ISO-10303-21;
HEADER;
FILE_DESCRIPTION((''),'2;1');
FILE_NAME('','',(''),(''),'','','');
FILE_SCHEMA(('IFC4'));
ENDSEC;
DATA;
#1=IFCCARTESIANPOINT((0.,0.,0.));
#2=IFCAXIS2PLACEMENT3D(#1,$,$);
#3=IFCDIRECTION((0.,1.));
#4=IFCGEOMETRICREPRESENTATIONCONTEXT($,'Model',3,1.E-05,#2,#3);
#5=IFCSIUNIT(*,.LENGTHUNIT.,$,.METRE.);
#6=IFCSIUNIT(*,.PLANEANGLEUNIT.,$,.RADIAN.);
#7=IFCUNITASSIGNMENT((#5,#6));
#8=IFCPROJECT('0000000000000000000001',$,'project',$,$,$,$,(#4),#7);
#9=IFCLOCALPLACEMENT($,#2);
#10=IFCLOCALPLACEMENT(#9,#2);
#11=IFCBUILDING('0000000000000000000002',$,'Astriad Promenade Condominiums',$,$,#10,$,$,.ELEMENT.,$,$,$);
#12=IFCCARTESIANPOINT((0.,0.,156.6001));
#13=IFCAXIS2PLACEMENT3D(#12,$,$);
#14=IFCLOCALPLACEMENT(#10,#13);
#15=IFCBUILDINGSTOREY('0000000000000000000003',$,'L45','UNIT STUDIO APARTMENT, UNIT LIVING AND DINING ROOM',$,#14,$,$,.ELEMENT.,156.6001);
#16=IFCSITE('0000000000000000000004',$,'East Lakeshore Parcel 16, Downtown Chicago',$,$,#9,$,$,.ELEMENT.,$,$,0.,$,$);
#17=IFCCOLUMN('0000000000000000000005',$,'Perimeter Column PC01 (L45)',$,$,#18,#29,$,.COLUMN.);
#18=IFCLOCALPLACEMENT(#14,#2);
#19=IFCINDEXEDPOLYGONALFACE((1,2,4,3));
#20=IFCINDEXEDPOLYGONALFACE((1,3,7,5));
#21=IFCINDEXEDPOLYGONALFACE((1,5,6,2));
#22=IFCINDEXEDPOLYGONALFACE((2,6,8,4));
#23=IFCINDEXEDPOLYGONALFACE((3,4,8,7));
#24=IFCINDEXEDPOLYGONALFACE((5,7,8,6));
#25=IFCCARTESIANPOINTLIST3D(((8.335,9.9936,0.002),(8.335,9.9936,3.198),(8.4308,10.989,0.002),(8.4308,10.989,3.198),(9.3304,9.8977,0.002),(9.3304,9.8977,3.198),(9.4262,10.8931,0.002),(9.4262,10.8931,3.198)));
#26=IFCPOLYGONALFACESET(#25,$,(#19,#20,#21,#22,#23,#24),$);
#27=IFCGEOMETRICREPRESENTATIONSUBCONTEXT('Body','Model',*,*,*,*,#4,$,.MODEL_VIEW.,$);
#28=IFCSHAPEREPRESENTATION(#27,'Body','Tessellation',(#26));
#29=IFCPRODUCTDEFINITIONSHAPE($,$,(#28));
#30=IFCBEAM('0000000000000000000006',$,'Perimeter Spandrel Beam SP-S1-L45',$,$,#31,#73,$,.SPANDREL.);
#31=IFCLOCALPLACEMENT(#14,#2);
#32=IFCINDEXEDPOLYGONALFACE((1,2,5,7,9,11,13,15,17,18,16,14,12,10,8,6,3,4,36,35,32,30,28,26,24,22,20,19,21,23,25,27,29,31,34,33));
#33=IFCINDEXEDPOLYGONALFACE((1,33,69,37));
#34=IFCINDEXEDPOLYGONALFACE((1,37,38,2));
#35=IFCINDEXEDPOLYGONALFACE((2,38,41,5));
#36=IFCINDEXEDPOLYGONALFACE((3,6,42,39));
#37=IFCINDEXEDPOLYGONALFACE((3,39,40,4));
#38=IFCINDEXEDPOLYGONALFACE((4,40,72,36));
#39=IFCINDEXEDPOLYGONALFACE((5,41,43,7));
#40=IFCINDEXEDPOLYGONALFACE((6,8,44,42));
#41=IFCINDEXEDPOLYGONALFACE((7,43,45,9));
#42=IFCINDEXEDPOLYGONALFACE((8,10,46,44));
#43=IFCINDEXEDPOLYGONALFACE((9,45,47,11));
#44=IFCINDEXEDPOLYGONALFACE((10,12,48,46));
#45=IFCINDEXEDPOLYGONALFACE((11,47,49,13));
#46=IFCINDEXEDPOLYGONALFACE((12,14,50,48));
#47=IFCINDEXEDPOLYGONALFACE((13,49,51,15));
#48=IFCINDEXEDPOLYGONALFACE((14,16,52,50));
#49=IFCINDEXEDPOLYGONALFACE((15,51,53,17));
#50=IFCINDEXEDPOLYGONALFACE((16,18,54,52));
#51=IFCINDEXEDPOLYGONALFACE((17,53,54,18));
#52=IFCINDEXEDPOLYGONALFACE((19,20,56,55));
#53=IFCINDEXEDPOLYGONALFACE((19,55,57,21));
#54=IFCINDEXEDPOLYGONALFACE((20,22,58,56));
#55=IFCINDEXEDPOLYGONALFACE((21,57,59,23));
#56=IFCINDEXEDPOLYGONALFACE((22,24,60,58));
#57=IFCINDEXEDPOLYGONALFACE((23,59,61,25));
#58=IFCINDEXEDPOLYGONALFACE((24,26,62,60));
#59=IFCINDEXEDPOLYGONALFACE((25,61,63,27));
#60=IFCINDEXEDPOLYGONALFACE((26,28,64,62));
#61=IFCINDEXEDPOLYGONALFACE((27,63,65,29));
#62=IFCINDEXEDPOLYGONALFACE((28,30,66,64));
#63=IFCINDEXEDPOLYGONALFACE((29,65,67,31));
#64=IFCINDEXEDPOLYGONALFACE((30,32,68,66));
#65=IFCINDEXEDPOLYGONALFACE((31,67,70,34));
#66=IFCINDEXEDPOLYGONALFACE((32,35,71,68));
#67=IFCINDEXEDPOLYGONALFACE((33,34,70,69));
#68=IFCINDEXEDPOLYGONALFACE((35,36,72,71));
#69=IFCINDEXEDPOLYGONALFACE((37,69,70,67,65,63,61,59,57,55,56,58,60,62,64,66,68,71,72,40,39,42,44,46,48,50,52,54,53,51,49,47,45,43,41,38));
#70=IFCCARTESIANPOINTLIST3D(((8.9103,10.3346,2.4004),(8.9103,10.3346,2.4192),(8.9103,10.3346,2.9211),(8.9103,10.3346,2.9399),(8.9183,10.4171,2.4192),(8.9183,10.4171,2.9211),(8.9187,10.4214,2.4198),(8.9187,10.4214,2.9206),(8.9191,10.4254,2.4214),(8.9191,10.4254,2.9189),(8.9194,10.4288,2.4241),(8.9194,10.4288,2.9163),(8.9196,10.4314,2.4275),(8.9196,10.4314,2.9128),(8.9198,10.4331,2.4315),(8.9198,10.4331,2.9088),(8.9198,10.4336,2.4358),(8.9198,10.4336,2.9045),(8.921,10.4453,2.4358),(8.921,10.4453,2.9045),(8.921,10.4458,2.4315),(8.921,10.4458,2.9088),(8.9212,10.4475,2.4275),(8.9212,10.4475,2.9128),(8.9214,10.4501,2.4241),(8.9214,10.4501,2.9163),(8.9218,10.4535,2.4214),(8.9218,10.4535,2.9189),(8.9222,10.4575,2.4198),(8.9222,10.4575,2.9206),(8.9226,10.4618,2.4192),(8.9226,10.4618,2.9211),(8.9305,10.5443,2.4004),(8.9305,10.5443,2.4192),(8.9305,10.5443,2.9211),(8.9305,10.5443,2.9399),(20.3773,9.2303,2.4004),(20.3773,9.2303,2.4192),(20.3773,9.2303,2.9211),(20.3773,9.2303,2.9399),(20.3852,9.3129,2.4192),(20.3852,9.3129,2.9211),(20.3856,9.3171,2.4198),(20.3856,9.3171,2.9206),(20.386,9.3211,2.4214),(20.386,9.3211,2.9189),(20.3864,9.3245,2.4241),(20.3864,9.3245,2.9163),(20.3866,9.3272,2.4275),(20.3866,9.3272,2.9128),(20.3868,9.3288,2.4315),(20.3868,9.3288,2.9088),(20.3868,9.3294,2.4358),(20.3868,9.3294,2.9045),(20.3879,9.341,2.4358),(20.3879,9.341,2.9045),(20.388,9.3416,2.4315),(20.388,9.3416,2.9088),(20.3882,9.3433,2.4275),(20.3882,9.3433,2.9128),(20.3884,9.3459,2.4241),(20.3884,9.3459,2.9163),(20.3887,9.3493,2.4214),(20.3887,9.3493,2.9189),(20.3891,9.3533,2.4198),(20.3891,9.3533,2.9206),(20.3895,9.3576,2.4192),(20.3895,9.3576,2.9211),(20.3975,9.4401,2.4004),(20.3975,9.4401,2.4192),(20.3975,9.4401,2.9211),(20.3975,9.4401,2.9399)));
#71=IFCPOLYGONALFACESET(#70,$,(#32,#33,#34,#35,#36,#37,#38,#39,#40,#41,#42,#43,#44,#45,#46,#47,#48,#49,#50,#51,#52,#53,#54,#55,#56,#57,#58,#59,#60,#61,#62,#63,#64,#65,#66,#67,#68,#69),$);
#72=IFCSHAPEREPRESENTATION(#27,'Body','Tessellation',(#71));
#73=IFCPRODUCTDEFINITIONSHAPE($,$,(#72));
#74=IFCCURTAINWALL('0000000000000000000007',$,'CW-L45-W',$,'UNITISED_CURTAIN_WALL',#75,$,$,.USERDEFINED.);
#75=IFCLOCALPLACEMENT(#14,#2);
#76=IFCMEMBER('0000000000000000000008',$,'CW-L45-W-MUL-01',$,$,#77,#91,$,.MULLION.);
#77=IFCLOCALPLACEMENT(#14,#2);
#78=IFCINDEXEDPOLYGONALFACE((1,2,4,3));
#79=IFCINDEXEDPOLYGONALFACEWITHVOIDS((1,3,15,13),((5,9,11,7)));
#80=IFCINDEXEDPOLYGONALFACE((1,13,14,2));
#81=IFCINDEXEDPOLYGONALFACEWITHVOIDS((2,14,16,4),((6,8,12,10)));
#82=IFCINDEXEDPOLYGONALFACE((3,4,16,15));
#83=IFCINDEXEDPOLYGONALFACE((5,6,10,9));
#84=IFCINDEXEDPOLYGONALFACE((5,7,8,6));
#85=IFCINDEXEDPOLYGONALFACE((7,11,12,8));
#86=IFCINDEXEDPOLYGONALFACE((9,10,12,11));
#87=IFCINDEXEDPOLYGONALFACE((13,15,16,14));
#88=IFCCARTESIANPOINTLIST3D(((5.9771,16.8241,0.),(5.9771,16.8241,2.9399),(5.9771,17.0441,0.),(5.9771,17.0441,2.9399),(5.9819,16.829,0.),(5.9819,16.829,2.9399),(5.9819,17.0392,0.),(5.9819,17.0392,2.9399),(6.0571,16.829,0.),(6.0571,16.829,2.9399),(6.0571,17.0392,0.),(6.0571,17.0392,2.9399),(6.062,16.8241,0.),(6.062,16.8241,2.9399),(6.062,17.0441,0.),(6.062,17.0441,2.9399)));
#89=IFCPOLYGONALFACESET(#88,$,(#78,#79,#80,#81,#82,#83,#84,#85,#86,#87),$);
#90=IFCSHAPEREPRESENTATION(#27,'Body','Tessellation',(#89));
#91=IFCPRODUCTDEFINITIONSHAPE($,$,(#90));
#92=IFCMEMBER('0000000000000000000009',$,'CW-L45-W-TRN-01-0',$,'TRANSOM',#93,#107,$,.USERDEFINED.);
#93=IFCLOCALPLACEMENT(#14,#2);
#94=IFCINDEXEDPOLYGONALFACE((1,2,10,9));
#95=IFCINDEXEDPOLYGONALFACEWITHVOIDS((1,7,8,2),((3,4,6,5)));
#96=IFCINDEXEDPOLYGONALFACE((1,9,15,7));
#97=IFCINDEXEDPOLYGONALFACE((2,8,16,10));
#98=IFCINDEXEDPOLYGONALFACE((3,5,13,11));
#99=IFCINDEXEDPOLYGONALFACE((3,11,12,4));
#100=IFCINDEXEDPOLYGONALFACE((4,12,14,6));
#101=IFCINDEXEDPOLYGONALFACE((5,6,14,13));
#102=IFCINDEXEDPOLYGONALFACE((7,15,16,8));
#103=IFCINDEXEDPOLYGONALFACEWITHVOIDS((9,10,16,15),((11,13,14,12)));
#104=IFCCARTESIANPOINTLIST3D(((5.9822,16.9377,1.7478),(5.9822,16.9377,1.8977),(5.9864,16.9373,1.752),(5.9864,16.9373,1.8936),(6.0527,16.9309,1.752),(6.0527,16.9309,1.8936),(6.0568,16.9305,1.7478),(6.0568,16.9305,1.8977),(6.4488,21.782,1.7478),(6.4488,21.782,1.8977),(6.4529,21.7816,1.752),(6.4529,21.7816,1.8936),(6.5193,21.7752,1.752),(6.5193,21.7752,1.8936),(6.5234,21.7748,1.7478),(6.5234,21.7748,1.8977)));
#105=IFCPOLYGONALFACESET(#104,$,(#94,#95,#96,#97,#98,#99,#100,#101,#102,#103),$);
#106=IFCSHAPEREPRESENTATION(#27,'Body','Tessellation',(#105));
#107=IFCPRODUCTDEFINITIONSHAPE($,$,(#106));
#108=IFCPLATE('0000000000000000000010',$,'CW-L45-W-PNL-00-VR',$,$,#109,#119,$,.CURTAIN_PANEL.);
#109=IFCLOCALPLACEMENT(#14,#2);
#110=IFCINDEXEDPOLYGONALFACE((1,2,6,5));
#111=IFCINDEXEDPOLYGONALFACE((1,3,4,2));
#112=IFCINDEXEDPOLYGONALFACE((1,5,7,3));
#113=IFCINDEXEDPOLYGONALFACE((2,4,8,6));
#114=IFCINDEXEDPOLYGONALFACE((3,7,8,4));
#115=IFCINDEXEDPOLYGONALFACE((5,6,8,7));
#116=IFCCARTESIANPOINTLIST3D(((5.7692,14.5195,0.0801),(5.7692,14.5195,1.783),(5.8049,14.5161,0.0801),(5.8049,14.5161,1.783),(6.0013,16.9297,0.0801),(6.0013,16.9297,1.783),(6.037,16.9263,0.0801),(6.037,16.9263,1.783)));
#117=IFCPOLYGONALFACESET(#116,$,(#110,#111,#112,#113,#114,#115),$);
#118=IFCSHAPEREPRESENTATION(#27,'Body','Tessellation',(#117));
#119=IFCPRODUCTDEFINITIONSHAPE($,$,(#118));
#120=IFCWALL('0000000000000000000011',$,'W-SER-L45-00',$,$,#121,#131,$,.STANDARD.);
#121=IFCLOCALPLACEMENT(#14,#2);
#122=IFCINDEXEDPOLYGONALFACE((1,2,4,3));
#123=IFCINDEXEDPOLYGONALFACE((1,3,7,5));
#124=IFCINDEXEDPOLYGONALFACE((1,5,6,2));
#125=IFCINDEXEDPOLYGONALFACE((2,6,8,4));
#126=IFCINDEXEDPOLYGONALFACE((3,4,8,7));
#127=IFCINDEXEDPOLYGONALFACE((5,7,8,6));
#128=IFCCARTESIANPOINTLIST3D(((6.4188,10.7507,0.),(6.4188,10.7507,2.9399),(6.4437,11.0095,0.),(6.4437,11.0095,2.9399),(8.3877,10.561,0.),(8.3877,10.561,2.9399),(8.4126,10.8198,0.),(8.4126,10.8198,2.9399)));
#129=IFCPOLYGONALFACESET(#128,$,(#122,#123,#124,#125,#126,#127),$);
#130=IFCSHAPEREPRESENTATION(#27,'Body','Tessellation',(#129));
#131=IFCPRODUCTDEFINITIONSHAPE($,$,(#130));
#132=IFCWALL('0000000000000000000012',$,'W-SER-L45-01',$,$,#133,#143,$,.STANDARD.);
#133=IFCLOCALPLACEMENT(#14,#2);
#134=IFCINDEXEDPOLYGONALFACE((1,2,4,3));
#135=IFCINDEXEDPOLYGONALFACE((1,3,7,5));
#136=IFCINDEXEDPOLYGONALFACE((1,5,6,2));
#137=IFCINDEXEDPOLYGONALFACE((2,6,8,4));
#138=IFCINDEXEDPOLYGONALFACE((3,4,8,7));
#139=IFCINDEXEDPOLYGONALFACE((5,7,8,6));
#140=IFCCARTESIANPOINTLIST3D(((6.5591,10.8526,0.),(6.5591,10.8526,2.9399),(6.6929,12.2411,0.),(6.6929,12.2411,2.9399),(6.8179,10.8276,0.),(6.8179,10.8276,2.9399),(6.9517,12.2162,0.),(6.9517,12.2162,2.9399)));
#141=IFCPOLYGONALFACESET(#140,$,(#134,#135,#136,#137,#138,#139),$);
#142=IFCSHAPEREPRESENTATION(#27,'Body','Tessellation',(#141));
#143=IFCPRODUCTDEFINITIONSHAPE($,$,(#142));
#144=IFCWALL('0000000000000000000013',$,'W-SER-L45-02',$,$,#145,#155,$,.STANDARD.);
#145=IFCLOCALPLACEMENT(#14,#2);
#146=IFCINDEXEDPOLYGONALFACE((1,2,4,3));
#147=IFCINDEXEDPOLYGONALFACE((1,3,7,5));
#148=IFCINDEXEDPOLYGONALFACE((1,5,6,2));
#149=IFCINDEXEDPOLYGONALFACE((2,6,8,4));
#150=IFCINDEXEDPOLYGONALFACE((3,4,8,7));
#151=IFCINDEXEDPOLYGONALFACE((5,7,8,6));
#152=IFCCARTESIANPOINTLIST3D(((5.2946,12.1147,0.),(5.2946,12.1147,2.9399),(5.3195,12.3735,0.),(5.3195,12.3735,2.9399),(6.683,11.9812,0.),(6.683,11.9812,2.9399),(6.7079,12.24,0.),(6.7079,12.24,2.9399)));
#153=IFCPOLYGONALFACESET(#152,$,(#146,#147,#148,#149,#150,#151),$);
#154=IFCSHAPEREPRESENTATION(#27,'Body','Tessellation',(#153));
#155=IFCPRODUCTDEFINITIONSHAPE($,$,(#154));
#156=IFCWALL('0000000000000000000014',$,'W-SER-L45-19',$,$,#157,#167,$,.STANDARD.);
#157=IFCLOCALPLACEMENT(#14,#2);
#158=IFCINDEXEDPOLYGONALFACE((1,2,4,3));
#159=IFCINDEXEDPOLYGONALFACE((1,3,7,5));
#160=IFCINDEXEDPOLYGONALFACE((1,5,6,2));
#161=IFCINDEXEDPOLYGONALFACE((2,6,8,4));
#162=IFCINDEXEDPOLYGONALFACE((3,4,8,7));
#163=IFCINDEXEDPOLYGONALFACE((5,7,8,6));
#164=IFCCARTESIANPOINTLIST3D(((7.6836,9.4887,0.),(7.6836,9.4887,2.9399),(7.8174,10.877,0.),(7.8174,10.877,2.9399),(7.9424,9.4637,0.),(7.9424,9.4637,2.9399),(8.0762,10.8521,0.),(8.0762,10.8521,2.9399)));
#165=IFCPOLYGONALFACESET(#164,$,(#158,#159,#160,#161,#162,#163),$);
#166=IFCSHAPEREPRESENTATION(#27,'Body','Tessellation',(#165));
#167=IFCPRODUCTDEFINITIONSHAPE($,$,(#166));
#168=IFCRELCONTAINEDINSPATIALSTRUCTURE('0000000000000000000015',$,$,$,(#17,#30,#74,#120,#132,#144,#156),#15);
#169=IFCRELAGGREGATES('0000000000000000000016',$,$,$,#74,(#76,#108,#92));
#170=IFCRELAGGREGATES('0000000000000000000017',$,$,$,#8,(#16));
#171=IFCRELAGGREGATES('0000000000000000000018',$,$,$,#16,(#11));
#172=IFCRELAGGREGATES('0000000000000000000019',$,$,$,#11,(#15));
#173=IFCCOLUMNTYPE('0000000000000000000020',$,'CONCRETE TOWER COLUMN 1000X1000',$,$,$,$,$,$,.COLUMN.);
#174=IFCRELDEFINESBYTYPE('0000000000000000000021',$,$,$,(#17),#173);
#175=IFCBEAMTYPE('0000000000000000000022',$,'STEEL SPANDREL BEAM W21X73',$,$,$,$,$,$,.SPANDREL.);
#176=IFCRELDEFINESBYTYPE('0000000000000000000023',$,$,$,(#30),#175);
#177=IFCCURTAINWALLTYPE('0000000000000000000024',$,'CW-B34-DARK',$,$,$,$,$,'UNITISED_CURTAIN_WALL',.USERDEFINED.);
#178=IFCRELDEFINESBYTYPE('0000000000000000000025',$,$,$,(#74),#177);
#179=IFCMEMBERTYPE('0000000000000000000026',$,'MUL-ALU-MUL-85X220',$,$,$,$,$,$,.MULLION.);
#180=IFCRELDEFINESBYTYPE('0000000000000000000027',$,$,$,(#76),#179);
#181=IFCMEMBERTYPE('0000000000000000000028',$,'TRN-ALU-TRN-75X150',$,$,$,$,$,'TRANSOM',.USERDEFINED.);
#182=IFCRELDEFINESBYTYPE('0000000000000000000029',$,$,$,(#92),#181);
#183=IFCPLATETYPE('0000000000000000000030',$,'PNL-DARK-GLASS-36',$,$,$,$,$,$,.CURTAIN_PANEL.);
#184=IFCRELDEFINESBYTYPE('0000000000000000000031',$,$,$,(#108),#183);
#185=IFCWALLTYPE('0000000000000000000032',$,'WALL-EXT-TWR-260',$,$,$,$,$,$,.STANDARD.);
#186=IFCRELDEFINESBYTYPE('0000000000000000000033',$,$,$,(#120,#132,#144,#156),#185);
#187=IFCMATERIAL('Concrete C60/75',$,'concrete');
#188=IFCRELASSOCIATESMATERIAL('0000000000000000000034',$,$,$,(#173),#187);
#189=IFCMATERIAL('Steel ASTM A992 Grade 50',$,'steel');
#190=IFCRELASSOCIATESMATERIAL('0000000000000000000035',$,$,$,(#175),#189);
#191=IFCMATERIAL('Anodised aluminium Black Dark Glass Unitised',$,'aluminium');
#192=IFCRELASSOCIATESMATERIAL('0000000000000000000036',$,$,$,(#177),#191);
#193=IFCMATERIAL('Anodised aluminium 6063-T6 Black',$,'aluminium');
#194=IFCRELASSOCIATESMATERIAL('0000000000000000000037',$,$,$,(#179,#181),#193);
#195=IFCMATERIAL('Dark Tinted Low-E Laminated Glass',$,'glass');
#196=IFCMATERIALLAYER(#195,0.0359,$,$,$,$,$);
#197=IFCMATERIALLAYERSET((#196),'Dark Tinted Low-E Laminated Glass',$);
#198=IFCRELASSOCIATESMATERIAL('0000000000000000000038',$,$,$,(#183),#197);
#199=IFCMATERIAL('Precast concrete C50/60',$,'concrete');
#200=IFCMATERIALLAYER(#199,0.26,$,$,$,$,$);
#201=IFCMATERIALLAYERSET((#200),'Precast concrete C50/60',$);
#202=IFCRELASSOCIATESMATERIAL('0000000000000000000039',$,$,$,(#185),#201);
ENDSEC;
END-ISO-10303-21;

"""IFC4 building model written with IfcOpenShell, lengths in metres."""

from ifc_helpers import new_model, si_unit, direction, frame, frame_2d, origin, origin_2d, place, context, subcontext, project, spatial, rectangle, hollow_rectangle, i_section, extrude, source, transform, mapped, material, layer, layer_set, material_profile, profile_set, type_object, type_shapes, element, aggregate, save


model = new_model("IFC4")

# Units and contexts
model_context = context("Model", 3, precision=1e-05, world=origin(), true_north=direction((0.0, 1.0)))
body_context = subcontext(model_context, "Body", "Model", "MODEL_VIEW")
ifc_project = project(units=[si_unit("LENGTHUNIT", "METRE"), si_unit("PLANEANGLEUNIT", "RADIAN")], contexts=[model_context])

# Site, building, storey
site_placement = place(None, origin())
site = spatial("IfcSite", under=ifc_project, at=site_placement, Name="East Lakeshore Parcel 16, Downtown Chicago", CompositionType="ELEMENT", RefElevation=0.0)
building_placement = place(site_placement, origin())
building = spatial("IfcBuilding", under=site, at=building_placement, Name="Astriad Promenade Condominiums", CompositionType="ELEMENT")
storey_placement = place(building_placement, frame((0.0, 0.0, 156.6001)))
storey = spatial("IfcBuildingStorey", under=building, at=storey_placement, Name="L45", Description="UNIT STUDIO APARTMENT, UNIT LIVING AND DINING ROOM", CompositionType="ELEMENT", Elevation=156.6001)

# Column
ifc_material_1 = material(Name="Concrete C60/75", Category="concrete")
ifc_material_profile_1 = material_profile(ifc_material_1, rectangle(XDim=1.0, YDim=1.0, at=origin_2d()), Name="RC-COL-1000X1000")
ifc_profile_set_1 = profile_set([ifc_material_profile_1], Name="Concrete C60/75")
column_type = type_object("IfcColumnType", Name="CONCRETE TOWER COLUMN 1000X1000", PredefinedType="COLUMN", material=ifc_profile_set_1)
shared_shape_1 = source(origin(), body_context, "Body", "SweptSolid", [
    extrude(rectangle(XDim=1.0, YDim=1.0, at=origin_2d()), origin(), (0.0, 0.0, 1.0), 3.196),
])
type_shapes(column_type, [shared_shape_1])
column_placement = place(storey_placement, frame((8.8806, 10.4434, 0.002), z_axis=(0.0, 0.0, 1.0), x_axis=(0.995396, -0.095846, 0.0)))
element("IfcColumn", 1, at=column_placement, inside=storey, type_object=column_type, Name="Perimeter Column PC01 (L45)", PredefinedType="COLUMN", context=body_context, shape_type="MappedRepresentation", body=[
    mapped(shared_shape_1, transform((0.0, 0.0, 0.0), scale=1.0)),
])

# Beam
ifc_material_2 = material(Name="Steel ASTM A992 Grade 50", Category="steel")
ifc_material_profile_2 = material_profile(ifc_material_2, i_section(OverallWidth=0.2107, OverallDepth=0.5396, WebThickness=0.0117, FlangeThickness=0.0188, FilletRadius=0.0166, at=origin_2d()), Name="W21X73")
ifc_profile_set_2 = profile_set([ifc_material_profile_2], Name="Steel ASTM A992 Grade 50")
beam_type = type_object("IfcBeamType", Name="STEEL SPANDREL BEAM W21X73", PredefinedType="SPANDREL", material=ifc_profile_set_2)
shared_shape_2 = source(origin(), body_context, "Body", "SweptSolid", [
    extrude(i_section(OverallWidth=0.2107, OverallDepth=0.5396, WebThickness=0.0117, FlangeThickness=0.0188, FilletRadius=0.0166, at=origin_2d()), origin(), (0.0, 0.0, 1.0), 11.52),
])
type_shapes(beam_type, [shared_shape_2])
beam_placement = place(storey_placement, frame((8.9204, 10.4395, 2.6702), z_axis=(0.995395, -0.095854, 0.0), x_axis=(0.095854, 0.995395, 0.0)))
element("IfcBeam", 2, at=beam_placement, inside=storey, type_object=beam_type, Name="Perimeter Spandrel Beam SP-S1-L45", PredefinedType="SPANDREL", context=body_context, shape_type="MappedRepresentation", body=[
    mapped(shared_shape_2, transform((0.0, 0.0, 0.0), scale=1.0)),
])

# Curtain wall, members, plate
ifc_material_3 = material(Name="Anodised aluminium Black Dark Glass Unitised", Category="aluminium")
curtain_wall_type = type_object("IfcCurtainWallType", Name="CW-B34-DARK", ElementType="UNITISED_CURTAIN_WALL", PredefinedType="USERDEFINED", material=ifc_material_3)
curtain_wall_placement = place(storey_placement, origin())
curtain_wall = element("IfcCurtainWall", 3, at=curtain_wall_placement, inside=storey, type_object=curtain_wall_type, Name="CW-L45-W", ObjectType="UNITISED_CURTAIN_WALL", PredefinedType="USERDEFINED")
ifc_material_4 = material(Name="Anodised aluminium 6063-T6 Black", Category="aluminium")
ifc_material_profile_3 = material_profile(ifc_material_4, hollow_rectangle(XDim=0.085, YDim=0.22, WallThickness=0.0049, at=origin_2d()), Name="ALU-MUL-85X220")
ifc_profile_set_3 = profile_set([ifc_material_profile_3], Name="Anodised aluminium 6063-T6 Black")
member_type_1 = type_object("IfcMemberType", Name="MUL-ALU-MUL-85X220", PredefinedType="MULLION", material=ifc_profile_set_3)
shared_shape_3 = source(origin(), body_context, "Body", "SweptSolid", [
    extrude(hollow_rectangle(XDim=0.085, YDim=0.22, WallThickness=0.0049, at=origin_2d()), origin(), (0.0, 0.0, 1.0), 2.9399),
])
type_shapes(member_type_1, [shared_shape_3])
member_1_placement = place(storey_placement, frame((6.0195, 16.9341, 0.0), z_axis=(0.0, 0.0, 1.0), x_axis=(1.0, 0.0, 0.0)))
member_1 = element("IfcMember", 4, at=member_1_placement, type_object=member_type_1, Name="CW-L45-W-MUL-01", PredefinedType="MULLION", context=body_context, shape_type="MappedRepresentation", body=[
    mapped(shared_shape_3, transform((0.0, 0.0, 0.0), scale=1.0)),
])
ifc_material_profile_4 = material_profile(ifc_material_4, hollow_rectangle(XDim=0.075, YDim=0.1499, WallThickness=0.0042, at=origin_2d()), Name="ALU-TRN-75X150")
ifc_profile_set_4 = profile_set([ifc_material_profile_4], Name="Anodised aluminium 6063-T6 Black")
member_type_2 = type_object("IfcMemberType", Name="TRN-ALU-TRN-75X150", ElementType="TRANSOM", PredefinedType="USERDEFINED", material=ifc_profile_set_4)
shared_shape_4 = source(origin(), body_context, "Body", "SweptSolid", [
    extrude(hollow_rectangle(XDim=0.075, YDim=0.1499, WallThickness=0.0042, at=origin_2d()), origin(), (0.0, 0.0, 1.0), 4.8667),
])
type_shapes(member_type_2, [shared_shape_4])
member_2_placement = place(storey_placement, frame((6.0195, 16.9341, 1.8228), z_axis=(0.095867, 0.995394, 0.0), x_axis=(-0.995394, 0.095867, 0.0)))
member_2 = element("IfcMember", 5, at=member_2_placement, type_object=member_type_2, Name="CW-L45-W-TRN-01-0", ObjectType="TRANSOM", PredefinedType="USERDEFINED", context=body_context, shape_type="MappedRepresentation", body=[
    mapped(shared_shape_4, transform((0.0, 0.0, 0.0), scale=1.0)),
])
ifc_material_5 = material(Name="Dark Tinted Low-E Laminated Glass", Category="glass")
ifc_layer_1 = layer(ifc_material_5, 0.0359)
ifc_layer_set_1 = layer_set([ifc_layer_1], Name="Dark Tinted Low-E Laminated Glass")
plate_type = type_object("IfcPlateType", Name="PNL-DARK-GLASS-36", PredefinedType="CURTAIN_PANEL", material=ifc_layer_set_1)
shared_shape_5 = source(origin(), body_context, "Body", "SweptSolid", [
    extrude(rectangle(XDim=2.4214, YDim=0.0359, at=origin_2d()), origin(), (0.0, 0.0, 1.0), 1.7029),
])
type_shapes(plate_type, [shared_shape_5])
plate_placement = place(storey_placement, frame((5.9031, 15.7229, 0.0801), z_axis=(0.0, 0.0, 1.0), x_axis=(0.095846, 0.995396, 0.0)))
plate = element("IfcPlate", 6, at=plate_placement, type_object=plate_type, Name="CW-L45-W-PNL-00-VR", PredefinedType="CURTAIN_PANEL", context=body_context, shape_type="MappedRepresentation", body=[
    mapped(shared_shape_5, transform((0.0, 0.0, 0.0), scale=1.0)),
])
aggregate(curtain_wall, [member_1, plate, member_2])

# Walls
ifc_material_6 = material(Name="Precast concrete C50/60", Category="concrete")
ifc_layer_2 = layer(ifc_material_6, 0.26)
ifc_layer_set_2 = layer_set([ifc_layer_2], Name="Precast concrete C50/60")
wall_type_1 = type_object("IfcWallType", Name="WALL-EXT-TWR-260", PredefinedType="STANDARD", material=ifc_layer_set_2)
wall_1_placement = place(storey_placement, frame((8.4001, 10.6904, 0.0), z_axis=(0.0, 0.0, 1.0), x_axis=(-0.995391, 0.095898, 0.0)))
element("IfcWall", 7, at=wall_1_placement, inside=storey, type_object=wall_type_1, Name="W-SER-L45-00", PredefinedType="STANDARD", context=body_context, shape_type="SweptSolid", body=[
    extrude(rectangle(XDim=1.978, YDim=0.26, at=frame_2d((0.989, 0.0))), origin(), (0.0, 0.0, 1.0), 2.9399),
])
wall_2_placement = place(storey_placement, frame((6.6885, 10.8401, 0.0), z_axis=(0.0, 0.0, 1.0), x_axis=(0.095899, 0.995391, 0.0)))
element("IfcWall", 8, at=wall_2_placement, inside=storey, type_object=wall_type_1, Name="W-SER-L45-01", PredefinedType="STANDARD", context=body_context, shape_type="SweptSolid", body=[
    extrude(rectangle(XDim=1.395, YDim=0.26, at=frame_2d((0.6975, 0.0))), origin(), (0.0, 0.0, 1.0), 2.9399),
])
for number, where, z_axis, x_axis, name in (
    (9, (6.6953, 12.1106, 0.0), (0.0, 0.0, 1.0), (-0.995406, 0.095742, 0.0), "W-SER-L45-02"),
    (10, (7.813, 9.4763, 0.0), (0.0, 0.0, 1.0), (0.095916, 0.995389, 0.0), "W-SER-L45-19"),
):
    element("IfcWall", number, at=place(storey_placement, frame(where, z_axis=z_axis, x_axis=x_axis)), inside=storey, type_object=wall_type_1, Name=name, PredefinedType="STANDARD", context=body_context, shape_type="SweptSolid", body=[
        extrude(rectangle(XDim=1.3948, YDim=0.26, at=frame_2d((0.6973, 0.0))), origin(), (0.0, 0.0, 1.0), 2.9399),
    ])

save(model, "model.ifc")
